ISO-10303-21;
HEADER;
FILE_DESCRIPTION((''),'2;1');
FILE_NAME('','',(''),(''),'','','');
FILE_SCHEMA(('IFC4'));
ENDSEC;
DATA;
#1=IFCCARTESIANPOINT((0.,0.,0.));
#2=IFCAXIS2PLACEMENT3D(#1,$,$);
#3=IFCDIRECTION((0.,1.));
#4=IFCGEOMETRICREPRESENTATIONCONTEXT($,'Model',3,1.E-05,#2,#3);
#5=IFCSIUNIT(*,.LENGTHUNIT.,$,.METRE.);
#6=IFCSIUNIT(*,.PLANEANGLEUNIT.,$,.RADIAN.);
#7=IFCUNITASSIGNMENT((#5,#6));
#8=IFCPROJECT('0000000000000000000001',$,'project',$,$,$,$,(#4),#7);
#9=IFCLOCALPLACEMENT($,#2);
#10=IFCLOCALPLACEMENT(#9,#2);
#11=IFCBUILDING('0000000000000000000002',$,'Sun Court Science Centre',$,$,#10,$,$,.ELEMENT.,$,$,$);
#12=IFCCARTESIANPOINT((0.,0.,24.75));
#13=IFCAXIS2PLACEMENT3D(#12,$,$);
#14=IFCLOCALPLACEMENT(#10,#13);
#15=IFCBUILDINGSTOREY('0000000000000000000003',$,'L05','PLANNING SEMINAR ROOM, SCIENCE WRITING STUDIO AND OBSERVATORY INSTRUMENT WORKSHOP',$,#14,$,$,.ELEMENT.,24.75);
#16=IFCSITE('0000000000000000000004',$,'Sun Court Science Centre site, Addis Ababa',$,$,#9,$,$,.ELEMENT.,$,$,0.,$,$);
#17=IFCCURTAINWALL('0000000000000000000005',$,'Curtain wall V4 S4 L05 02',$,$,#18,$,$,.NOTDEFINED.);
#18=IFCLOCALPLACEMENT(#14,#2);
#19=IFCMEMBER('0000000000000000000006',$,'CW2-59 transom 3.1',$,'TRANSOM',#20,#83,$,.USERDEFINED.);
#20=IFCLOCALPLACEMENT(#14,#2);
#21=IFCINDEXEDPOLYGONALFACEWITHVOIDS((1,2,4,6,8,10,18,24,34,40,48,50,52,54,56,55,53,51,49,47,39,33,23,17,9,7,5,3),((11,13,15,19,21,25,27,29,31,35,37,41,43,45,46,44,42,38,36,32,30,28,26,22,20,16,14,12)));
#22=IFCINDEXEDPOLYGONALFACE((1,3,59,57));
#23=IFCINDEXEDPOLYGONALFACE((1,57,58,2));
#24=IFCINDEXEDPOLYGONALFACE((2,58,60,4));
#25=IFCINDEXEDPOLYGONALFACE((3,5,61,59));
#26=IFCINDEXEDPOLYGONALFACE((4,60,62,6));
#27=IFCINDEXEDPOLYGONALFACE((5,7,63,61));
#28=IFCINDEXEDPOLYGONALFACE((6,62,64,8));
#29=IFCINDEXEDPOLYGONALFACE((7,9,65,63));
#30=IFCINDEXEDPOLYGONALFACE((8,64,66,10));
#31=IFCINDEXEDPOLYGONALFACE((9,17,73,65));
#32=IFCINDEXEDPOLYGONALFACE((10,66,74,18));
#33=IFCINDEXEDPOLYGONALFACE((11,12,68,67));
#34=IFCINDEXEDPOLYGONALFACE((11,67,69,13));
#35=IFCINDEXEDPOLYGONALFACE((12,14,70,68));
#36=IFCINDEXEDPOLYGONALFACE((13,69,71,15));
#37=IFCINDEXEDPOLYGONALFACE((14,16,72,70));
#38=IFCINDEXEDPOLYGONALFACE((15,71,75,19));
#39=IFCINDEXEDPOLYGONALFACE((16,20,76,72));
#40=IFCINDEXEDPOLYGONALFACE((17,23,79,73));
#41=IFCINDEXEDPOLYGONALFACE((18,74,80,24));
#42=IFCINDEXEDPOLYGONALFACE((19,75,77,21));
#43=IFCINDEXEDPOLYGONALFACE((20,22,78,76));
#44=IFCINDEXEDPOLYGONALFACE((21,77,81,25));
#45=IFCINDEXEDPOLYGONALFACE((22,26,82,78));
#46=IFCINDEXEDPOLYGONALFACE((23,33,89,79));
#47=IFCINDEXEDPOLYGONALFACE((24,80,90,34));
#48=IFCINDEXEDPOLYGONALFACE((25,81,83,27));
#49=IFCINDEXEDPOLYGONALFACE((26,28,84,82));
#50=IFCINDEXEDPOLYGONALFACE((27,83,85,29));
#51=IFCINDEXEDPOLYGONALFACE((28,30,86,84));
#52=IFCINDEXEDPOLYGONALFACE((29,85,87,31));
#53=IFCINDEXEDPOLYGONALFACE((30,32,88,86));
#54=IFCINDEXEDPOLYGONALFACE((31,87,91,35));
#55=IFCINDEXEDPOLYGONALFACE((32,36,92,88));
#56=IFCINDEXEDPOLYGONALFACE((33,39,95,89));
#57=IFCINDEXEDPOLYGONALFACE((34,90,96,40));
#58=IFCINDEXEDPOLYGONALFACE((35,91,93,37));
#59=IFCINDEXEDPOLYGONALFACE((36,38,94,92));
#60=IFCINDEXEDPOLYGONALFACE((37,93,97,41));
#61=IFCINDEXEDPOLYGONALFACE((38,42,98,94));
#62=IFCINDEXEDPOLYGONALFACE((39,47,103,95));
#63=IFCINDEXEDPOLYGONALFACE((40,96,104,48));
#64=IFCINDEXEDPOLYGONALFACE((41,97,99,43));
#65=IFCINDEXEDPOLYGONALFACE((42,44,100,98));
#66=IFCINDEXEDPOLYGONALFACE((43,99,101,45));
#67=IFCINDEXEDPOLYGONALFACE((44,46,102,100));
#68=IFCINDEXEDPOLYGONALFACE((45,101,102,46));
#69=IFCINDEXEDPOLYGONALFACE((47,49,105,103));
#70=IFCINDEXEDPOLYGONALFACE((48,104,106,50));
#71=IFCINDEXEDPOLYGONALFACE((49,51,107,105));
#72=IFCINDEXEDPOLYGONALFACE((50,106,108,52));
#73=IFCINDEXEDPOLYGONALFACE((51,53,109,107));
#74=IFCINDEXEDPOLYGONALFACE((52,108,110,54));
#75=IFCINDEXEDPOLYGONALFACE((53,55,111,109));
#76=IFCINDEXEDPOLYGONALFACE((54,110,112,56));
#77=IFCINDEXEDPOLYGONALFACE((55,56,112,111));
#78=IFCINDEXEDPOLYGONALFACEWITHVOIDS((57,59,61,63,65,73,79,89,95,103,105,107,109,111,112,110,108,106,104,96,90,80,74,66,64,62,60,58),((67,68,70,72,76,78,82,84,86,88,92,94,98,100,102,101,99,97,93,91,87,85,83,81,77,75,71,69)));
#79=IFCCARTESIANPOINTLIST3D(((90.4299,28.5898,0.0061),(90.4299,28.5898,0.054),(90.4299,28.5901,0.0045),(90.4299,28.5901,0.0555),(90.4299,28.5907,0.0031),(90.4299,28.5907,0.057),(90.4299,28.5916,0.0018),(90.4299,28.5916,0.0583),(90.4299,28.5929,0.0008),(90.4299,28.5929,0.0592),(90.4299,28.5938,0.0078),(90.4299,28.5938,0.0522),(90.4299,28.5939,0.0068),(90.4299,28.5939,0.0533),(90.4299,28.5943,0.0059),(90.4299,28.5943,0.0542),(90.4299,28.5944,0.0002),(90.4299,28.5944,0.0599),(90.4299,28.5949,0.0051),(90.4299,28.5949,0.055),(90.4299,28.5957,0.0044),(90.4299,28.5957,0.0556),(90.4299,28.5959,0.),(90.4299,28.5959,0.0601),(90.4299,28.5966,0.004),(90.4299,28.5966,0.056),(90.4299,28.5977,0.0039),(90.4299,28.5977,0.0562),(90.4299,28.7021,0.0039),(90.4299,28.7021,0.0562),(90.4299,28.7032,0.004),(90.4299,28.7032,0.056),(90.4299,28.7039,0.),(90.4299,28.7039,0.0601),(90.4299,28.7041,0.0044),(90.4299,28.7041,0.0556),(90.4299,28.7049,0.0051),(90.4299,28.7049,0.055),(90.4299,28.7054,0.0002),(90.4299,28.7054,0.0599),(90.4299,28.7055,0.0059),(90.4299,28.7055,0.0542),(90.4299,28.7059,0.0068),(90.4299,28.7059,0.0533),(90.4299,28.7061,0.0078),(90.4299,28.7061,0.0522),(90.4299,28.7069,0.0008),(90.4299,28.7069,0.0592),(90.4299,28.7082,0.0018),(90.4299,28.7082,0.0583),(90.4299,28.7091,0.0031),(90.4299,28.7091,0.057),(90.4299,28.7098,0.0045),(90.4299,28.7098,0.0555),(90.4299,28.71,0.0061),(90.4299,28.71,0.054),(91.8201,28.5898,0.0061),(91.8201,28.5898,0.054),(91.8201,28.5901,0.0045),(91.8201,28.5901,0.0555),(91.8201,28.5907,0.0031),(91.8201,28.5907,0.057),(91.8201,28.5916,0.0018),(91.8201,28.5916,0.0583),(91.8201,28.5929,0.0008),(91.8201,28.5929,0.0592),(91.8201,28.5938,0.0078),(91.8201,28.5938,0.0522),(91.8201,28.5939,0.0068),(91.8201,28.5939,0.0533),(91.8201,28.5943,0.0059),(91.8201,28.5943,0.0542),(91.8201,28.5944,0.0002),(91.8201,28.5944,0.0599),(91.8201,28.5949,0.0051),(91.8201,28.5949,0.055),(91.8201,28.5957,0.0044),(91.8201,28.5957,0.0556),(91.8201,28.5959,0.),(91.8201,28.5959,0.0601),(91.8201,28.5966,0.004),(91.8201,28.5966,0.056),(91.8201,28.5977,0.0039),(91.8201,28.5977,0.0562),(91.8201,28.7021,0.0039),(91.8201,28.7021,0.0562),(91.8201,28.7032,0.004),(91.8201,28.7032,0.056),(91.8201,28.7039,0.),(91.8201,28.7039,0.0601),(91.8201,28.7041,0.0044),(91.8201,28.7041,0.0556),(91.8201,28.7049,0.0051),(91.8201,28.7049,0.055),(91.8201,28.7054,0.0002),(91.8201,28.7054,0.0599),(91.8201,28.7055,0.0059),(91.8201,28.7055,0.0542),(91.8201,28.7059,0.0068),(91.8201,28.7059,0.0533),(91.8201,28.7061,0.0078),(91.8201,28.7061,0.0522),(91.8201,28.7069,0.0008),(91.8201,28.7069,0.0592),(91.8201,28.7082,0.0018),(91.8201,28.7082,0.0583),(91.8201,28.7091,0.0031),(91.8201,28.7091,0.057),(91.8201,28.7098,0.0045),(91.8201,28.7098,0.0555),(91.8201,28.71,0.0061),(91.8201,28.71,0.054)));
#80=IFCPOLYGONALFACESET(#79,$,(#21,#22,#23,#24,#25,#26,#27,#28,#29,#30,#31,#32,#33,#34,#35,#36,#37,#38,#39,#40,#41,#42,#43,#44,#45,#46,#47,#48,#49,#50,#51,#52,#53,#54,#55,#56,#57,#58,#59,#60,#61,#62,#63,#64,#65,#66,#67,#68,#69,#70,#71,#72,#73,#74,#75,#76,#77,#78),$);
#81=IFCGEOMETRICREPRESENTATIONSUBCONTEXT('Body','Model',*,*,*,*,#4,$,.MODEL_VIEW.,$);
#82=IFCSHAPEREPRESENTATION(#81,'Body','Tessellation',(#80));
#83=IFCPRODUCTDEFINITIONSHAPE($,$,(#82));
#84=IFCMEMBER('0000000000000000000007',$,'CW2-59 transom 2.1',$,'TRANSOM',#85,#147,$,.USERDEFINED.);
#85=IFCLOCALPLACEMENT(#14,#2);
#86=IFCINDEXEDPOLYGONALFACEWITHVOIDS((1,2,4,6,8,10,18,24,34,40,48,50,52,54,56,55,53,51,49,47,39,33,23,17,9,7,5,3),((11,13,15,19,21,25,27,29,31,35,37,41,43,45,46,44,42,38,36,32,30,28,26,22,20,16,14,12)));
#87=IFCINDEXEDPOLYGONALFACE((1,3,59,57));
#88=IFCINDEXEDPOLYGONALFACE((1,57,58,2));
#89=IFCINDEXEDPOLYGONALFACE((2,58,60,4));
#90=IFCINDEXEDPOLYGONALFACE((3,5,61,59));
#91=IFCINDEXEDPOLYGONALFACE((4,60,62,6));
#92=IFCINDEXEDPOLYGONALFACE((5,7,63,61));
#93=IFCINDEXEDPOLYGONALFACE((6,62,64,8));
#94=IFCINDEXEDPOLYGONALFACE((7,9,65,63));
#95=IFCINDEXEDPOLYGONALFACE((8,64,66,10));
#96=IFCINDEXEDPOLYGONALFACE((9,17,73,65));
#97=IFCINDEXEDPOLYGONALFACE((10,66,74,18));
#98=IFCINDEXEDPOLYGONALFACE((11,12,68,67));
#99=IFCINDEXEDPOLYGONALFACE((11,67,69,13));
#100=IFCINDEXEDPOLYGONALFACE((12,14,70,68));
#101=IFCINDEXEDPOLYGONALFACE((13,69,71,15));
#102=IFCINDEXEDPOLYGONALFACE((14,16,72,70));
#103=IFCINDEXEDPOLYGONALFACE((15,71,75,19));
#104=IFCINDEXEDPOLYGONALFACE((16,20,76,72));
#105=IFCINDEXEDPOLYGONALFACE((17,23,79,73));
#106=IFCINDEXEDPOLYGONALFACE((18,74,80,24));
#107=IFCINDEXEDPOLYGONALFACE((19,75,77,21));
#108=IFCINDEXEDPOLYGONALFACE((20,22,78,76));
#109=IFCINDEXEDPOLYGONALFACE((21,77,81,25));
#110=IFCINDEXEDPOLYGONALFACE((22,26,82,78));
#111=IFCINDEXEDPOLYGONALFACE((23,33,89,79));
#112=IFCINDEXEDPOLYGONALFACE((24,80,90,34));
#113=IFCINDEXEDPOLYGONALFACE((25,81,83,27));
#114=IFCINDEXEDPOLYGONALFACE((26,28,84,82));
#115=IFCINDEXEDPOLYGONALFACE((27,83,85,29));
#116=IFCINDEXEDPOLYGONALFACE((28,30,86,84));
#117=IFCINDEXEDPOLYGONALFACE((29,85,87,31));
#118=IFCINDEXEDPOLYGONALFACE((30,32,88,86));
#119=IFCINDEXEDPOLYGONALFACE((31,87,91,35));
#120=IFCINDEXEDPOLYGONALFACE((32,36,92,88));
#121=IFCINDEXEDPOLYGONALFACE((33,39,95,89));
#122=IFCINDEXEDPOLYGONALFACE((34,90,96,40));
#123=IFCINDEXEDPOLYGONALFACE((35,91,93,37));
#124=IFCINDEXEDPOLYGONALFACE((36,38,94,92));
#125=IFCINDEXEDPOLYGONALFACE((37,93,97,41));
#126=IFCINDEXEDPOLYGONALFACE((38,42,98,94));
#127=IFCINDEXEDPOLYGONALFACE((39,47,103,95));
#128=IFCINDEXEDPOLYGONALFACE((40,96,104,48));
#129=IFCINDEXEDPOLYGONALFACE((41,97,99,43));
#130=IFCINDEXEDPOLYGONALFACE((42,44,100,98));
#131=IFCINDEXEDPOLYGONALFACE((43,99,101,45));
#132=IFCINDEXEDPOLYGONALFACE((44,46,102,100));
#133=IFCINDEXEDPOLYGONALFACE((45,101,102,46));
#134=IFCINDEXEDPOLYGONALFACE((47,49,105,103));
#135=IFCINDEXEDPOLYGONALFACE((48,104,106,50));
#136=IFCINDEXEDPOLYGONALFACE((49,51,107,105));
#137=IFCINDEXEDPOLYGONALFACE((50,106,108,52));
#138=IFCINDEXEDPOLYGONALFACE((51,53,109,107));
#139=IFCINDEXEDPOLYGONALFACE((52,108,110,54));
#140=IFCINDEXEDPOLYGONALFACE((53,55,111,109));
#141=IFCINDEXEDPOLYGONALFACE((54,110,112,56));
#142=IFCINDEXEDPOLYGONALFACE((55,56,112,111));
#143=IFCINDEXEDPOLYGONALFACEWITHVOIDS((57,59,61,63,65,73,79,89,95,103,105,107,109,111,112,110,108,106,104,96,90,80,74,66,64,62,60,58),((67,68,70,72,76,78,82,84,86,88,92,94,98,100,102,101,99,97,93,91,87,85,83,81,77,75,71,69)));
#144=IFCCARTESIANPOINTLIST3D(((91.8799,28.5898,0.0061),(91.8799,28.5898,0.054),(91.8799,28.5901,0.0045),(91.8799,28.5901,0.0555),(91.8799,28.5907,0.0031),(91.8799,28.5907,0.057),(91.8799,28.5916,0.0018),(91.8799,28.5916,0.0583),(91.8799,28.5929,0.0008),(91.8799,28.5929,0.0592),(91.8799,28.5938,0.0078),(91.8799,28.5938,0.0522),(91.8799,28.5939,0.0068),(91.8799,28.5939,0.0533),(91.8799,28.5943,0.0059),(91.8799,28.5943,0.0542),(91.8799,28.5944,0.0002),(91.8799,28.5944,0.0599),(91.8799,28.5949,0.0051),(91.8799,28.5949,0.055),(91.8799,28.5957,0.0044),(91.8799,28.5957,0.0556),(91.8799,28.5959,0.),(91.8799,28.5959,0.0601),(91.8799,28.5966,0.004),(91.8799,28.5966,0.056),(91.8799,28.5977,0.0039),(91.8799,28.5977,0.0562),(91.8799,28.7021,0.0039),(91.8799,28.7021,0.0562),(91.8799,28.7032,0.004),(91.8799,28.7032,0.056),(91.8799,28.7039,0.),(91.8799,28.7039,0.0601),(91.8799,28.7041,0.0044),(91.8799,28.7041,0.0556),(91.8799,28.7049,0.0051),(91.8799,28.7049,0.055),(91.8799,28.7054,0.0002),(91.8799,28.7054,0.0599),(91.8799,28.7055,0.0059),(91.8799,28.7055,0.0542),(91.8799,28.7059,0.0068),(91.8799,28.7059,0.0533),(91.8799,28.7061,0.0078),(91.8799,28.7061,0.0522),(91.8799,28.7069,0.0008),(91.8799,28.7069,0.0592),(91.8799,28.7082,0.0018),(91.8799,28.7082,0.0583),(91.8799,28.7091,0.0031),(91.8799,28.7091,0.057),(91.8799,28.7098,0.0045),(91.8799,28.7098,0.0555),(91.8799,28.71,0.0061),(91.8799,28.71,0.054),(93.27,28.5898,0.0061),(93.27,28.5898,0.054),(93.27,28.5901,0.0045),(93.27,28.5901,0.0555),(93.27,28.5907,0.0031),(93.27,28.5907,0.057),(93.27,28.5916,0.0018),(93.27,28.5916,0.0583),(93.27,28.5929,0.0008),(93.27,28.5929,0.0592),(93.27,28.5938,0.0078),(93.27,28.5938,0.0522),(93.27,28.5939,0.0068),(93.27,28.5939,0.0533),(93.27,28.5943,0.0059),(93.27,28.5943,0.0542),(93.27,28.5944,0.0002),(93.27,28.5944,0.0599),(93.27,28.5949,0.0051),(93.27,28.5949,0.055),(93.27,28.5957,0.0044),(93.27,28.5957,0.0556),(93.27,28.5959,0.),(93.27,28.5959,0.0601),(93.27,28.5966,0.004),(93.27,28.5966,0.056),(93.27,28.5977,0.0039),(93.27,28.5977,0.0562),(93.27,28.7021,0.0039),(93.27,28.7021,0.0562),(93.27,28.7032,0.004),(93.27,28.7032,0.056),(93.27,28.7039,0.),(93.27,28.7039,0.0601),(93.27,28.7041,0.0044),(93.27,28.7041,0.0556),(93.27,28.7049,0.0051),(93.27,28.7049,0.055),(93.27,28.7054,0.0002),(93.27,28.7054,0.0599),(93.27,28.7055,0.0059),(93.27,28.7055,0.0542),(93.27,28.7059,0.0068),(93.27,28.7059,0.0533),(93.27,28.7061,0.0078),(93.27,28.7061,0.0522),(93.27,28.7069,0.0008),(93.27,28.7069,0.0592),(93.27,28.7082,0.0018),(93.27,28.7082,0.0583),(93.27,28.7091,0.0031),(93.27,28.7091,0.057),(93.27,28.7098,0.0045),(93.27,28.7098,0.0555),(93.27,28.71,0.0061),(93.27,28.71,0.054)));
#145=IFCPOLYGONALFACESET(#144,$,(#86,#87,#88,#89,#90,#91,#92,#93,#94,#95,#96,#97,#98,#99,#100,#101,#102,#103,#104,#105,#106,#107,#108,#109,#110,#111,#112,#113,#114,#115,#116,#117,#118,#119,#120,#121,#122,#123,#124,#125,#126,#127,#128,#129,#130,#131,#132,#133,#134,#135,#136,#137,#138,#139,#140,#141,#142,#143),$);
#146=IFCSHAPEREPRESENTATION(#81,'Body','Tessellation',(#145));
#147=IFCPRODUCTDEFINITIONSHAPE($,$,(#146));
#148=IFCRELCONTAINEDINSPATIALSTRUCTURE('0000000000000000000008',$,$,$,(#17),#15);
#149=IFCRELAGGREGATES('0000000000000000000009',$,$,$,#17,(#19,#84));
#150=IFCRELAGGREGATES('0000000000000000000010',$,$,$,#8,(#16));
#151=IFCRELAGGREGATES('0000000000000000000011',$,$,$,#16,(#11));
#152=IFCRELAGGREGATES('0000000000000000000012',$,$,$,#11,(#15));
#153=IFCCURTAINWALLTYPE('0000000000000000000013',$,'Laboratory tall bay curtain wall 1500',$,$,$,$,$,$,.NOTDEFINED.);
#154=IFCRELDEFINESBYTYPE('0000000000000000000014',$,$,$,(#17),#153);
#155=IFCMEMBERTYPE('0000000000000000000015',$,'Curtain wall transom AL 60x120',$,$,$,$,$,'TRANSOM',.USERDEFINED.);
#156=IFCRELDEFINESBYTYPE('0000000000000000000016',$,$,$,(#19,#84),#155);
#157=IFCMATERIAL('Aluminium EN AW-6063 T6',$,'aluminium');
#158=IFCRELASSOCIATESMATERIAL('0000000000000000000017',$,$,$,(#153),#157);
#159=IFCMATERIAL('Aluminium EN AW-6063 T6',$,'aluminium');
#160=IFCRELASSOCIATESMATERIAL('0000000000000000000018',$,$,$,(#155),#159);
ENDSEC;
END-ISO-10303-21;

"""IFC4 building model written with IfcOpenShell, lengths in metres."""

from ifc_helpers import new_model, si_unit, direction, frame, origin, origin_2d, place, context, subcontext, project, spatial, hollow_rectangle, extrude, material, material_profile, profile_set, type_object, element, aggregate, save


model = new_model("IFC4")

# Units and contexts
model_context = context("Model", 3, precision=1e-05, world=origin(), true_north=direction((0.0, 1.0)))
body_context = subcontext(model_context, "Body", "Model", "MODEL_VIEW")
ifc_project = project(units=[si_unit("LENGTHUNIT", "METRE"), si_unit("PLANEANGLEUNIT", "RADIAN")], contexts=[model_context])

# Site, building, storey
site_placement = place(None, origin())
site = spatial("IfcSite", under=ifc_project, at=site_placement, Name="Sun Court Science Centre site, Addis Ababa", CompositionType="ELEMENT", RefElevation=0.0)
building_placement = place(site_placement, origin())
building = spatial("IfcBuilding", under=site, at=building_placement, Name="Sun Court Science Centre", CompositionType="ELEMENT")
storey_placement = place(building_placement, frame((0.0, 0.0, 24.75)))
storey = spatial("IfcBuildingStorey", under=building, at=storey_placement, Name="L05", Description="PLANNING SEMINAR ROOM, SCIENCE WRITING STUDIO AND OBSERVATORY INSTRUMENT WORKSHOP", CompositionType="ELEMENT", Elevation=24.75)

# Curtain wall, members
ifc_material_1 = material(Name="Aluminium EN AW-6063 T6", Category="aluminium")
curtain_wall_type = type_object("IfcCurtainWallType", Name="Laboratory tall bay curtain wall 1500", PredefinedType="NOTDEFINED", material=ifc_material_1)
curtain_wall_placement = place(storey_placement, origin())
curtain_wall = element("IfcCurtainWall", 1, at=curtain_wall_placement, inside=storey, type_object=curtain_wall_type, Name="Curtain wall V4 S4 L05 02", PredefinedType="NOTDEFINED")
ifc_material_2 = material(Name="Aluminium EN AW-6063 T6", Category="aluminium")
ifc_material_profile_1 = material_profile(ifc_material_2, hollow_rectangle(XDim=0.0601, YDim=0.1201, WallThickness=0.0039, InnerFilletRadius=0.0039, OuterFilletRadius=0.0061, at=origin_2d()), Name="AL 60x120x4")
ifc_profile_set_1 = profile_set([ifc_material_profile_1], Name="Aluminium EN AW-6063 T6")
member_type_1 = type_object("IfcMemberType", Name="Curtain wall transom AL 60x120", ElementType="TRANSOM", PredefinedType="USERDEFINED", material=ifc_profile_set_1)
member_1_placement = place(storey_placement, frame((91.8201, 28.6499, 0.03), z_axis=(-1.0, 0.0, 0.0), x_axis=(0.0, 0.0, 1.0)))
member_1 = element("IfcMember", 2, at=member_1_placement, type_object=member_type_1, Name="CW2-59 transom 3.1", ObjectType="TRANSOM", PredefinedType="USERDEFINED", context=body_context, shape_type="SweptSolid", body=[
    extrude(hollow_rectangle(XDim=0.0601, YDim=0.1201, WallThickness=0.0039, InnerFilletRadius=0.0039, OuterFilletRadius=0.0061, at=origin_2d()), origin(), (0.0, 0.0, 1.0), 1.3901),
])
member_2_placement = place(storey_placement, frame((93.27, 28.6499, 0.03), z_axis=(-1.0, 0.0, 0.0), x_axis=(0.0, 0.0, 1.0)))
member_2 = element("IfcMember", 3, at=member_2_placement, type_object=member_type_1, Name="CW2-59 transom 2.1", ObjectType="TRANSOM", PredefinedType="USERDEFINED", context=body_context, shape_type="SweptSolid", body=[
    extrude(hollow_rectangle(XDim=0.0601, YDim=0.1201, WallThickness=0.0039, InnerFilletRadius=0.0039, OuterFilletRadius=0.0061, at=origin_2d()), origin(), (0.0, 0.0, 1.0), 1.3901),
])
aggregate(curtain_wall, [member_1, member_2])

save(model, "model.ifc")
